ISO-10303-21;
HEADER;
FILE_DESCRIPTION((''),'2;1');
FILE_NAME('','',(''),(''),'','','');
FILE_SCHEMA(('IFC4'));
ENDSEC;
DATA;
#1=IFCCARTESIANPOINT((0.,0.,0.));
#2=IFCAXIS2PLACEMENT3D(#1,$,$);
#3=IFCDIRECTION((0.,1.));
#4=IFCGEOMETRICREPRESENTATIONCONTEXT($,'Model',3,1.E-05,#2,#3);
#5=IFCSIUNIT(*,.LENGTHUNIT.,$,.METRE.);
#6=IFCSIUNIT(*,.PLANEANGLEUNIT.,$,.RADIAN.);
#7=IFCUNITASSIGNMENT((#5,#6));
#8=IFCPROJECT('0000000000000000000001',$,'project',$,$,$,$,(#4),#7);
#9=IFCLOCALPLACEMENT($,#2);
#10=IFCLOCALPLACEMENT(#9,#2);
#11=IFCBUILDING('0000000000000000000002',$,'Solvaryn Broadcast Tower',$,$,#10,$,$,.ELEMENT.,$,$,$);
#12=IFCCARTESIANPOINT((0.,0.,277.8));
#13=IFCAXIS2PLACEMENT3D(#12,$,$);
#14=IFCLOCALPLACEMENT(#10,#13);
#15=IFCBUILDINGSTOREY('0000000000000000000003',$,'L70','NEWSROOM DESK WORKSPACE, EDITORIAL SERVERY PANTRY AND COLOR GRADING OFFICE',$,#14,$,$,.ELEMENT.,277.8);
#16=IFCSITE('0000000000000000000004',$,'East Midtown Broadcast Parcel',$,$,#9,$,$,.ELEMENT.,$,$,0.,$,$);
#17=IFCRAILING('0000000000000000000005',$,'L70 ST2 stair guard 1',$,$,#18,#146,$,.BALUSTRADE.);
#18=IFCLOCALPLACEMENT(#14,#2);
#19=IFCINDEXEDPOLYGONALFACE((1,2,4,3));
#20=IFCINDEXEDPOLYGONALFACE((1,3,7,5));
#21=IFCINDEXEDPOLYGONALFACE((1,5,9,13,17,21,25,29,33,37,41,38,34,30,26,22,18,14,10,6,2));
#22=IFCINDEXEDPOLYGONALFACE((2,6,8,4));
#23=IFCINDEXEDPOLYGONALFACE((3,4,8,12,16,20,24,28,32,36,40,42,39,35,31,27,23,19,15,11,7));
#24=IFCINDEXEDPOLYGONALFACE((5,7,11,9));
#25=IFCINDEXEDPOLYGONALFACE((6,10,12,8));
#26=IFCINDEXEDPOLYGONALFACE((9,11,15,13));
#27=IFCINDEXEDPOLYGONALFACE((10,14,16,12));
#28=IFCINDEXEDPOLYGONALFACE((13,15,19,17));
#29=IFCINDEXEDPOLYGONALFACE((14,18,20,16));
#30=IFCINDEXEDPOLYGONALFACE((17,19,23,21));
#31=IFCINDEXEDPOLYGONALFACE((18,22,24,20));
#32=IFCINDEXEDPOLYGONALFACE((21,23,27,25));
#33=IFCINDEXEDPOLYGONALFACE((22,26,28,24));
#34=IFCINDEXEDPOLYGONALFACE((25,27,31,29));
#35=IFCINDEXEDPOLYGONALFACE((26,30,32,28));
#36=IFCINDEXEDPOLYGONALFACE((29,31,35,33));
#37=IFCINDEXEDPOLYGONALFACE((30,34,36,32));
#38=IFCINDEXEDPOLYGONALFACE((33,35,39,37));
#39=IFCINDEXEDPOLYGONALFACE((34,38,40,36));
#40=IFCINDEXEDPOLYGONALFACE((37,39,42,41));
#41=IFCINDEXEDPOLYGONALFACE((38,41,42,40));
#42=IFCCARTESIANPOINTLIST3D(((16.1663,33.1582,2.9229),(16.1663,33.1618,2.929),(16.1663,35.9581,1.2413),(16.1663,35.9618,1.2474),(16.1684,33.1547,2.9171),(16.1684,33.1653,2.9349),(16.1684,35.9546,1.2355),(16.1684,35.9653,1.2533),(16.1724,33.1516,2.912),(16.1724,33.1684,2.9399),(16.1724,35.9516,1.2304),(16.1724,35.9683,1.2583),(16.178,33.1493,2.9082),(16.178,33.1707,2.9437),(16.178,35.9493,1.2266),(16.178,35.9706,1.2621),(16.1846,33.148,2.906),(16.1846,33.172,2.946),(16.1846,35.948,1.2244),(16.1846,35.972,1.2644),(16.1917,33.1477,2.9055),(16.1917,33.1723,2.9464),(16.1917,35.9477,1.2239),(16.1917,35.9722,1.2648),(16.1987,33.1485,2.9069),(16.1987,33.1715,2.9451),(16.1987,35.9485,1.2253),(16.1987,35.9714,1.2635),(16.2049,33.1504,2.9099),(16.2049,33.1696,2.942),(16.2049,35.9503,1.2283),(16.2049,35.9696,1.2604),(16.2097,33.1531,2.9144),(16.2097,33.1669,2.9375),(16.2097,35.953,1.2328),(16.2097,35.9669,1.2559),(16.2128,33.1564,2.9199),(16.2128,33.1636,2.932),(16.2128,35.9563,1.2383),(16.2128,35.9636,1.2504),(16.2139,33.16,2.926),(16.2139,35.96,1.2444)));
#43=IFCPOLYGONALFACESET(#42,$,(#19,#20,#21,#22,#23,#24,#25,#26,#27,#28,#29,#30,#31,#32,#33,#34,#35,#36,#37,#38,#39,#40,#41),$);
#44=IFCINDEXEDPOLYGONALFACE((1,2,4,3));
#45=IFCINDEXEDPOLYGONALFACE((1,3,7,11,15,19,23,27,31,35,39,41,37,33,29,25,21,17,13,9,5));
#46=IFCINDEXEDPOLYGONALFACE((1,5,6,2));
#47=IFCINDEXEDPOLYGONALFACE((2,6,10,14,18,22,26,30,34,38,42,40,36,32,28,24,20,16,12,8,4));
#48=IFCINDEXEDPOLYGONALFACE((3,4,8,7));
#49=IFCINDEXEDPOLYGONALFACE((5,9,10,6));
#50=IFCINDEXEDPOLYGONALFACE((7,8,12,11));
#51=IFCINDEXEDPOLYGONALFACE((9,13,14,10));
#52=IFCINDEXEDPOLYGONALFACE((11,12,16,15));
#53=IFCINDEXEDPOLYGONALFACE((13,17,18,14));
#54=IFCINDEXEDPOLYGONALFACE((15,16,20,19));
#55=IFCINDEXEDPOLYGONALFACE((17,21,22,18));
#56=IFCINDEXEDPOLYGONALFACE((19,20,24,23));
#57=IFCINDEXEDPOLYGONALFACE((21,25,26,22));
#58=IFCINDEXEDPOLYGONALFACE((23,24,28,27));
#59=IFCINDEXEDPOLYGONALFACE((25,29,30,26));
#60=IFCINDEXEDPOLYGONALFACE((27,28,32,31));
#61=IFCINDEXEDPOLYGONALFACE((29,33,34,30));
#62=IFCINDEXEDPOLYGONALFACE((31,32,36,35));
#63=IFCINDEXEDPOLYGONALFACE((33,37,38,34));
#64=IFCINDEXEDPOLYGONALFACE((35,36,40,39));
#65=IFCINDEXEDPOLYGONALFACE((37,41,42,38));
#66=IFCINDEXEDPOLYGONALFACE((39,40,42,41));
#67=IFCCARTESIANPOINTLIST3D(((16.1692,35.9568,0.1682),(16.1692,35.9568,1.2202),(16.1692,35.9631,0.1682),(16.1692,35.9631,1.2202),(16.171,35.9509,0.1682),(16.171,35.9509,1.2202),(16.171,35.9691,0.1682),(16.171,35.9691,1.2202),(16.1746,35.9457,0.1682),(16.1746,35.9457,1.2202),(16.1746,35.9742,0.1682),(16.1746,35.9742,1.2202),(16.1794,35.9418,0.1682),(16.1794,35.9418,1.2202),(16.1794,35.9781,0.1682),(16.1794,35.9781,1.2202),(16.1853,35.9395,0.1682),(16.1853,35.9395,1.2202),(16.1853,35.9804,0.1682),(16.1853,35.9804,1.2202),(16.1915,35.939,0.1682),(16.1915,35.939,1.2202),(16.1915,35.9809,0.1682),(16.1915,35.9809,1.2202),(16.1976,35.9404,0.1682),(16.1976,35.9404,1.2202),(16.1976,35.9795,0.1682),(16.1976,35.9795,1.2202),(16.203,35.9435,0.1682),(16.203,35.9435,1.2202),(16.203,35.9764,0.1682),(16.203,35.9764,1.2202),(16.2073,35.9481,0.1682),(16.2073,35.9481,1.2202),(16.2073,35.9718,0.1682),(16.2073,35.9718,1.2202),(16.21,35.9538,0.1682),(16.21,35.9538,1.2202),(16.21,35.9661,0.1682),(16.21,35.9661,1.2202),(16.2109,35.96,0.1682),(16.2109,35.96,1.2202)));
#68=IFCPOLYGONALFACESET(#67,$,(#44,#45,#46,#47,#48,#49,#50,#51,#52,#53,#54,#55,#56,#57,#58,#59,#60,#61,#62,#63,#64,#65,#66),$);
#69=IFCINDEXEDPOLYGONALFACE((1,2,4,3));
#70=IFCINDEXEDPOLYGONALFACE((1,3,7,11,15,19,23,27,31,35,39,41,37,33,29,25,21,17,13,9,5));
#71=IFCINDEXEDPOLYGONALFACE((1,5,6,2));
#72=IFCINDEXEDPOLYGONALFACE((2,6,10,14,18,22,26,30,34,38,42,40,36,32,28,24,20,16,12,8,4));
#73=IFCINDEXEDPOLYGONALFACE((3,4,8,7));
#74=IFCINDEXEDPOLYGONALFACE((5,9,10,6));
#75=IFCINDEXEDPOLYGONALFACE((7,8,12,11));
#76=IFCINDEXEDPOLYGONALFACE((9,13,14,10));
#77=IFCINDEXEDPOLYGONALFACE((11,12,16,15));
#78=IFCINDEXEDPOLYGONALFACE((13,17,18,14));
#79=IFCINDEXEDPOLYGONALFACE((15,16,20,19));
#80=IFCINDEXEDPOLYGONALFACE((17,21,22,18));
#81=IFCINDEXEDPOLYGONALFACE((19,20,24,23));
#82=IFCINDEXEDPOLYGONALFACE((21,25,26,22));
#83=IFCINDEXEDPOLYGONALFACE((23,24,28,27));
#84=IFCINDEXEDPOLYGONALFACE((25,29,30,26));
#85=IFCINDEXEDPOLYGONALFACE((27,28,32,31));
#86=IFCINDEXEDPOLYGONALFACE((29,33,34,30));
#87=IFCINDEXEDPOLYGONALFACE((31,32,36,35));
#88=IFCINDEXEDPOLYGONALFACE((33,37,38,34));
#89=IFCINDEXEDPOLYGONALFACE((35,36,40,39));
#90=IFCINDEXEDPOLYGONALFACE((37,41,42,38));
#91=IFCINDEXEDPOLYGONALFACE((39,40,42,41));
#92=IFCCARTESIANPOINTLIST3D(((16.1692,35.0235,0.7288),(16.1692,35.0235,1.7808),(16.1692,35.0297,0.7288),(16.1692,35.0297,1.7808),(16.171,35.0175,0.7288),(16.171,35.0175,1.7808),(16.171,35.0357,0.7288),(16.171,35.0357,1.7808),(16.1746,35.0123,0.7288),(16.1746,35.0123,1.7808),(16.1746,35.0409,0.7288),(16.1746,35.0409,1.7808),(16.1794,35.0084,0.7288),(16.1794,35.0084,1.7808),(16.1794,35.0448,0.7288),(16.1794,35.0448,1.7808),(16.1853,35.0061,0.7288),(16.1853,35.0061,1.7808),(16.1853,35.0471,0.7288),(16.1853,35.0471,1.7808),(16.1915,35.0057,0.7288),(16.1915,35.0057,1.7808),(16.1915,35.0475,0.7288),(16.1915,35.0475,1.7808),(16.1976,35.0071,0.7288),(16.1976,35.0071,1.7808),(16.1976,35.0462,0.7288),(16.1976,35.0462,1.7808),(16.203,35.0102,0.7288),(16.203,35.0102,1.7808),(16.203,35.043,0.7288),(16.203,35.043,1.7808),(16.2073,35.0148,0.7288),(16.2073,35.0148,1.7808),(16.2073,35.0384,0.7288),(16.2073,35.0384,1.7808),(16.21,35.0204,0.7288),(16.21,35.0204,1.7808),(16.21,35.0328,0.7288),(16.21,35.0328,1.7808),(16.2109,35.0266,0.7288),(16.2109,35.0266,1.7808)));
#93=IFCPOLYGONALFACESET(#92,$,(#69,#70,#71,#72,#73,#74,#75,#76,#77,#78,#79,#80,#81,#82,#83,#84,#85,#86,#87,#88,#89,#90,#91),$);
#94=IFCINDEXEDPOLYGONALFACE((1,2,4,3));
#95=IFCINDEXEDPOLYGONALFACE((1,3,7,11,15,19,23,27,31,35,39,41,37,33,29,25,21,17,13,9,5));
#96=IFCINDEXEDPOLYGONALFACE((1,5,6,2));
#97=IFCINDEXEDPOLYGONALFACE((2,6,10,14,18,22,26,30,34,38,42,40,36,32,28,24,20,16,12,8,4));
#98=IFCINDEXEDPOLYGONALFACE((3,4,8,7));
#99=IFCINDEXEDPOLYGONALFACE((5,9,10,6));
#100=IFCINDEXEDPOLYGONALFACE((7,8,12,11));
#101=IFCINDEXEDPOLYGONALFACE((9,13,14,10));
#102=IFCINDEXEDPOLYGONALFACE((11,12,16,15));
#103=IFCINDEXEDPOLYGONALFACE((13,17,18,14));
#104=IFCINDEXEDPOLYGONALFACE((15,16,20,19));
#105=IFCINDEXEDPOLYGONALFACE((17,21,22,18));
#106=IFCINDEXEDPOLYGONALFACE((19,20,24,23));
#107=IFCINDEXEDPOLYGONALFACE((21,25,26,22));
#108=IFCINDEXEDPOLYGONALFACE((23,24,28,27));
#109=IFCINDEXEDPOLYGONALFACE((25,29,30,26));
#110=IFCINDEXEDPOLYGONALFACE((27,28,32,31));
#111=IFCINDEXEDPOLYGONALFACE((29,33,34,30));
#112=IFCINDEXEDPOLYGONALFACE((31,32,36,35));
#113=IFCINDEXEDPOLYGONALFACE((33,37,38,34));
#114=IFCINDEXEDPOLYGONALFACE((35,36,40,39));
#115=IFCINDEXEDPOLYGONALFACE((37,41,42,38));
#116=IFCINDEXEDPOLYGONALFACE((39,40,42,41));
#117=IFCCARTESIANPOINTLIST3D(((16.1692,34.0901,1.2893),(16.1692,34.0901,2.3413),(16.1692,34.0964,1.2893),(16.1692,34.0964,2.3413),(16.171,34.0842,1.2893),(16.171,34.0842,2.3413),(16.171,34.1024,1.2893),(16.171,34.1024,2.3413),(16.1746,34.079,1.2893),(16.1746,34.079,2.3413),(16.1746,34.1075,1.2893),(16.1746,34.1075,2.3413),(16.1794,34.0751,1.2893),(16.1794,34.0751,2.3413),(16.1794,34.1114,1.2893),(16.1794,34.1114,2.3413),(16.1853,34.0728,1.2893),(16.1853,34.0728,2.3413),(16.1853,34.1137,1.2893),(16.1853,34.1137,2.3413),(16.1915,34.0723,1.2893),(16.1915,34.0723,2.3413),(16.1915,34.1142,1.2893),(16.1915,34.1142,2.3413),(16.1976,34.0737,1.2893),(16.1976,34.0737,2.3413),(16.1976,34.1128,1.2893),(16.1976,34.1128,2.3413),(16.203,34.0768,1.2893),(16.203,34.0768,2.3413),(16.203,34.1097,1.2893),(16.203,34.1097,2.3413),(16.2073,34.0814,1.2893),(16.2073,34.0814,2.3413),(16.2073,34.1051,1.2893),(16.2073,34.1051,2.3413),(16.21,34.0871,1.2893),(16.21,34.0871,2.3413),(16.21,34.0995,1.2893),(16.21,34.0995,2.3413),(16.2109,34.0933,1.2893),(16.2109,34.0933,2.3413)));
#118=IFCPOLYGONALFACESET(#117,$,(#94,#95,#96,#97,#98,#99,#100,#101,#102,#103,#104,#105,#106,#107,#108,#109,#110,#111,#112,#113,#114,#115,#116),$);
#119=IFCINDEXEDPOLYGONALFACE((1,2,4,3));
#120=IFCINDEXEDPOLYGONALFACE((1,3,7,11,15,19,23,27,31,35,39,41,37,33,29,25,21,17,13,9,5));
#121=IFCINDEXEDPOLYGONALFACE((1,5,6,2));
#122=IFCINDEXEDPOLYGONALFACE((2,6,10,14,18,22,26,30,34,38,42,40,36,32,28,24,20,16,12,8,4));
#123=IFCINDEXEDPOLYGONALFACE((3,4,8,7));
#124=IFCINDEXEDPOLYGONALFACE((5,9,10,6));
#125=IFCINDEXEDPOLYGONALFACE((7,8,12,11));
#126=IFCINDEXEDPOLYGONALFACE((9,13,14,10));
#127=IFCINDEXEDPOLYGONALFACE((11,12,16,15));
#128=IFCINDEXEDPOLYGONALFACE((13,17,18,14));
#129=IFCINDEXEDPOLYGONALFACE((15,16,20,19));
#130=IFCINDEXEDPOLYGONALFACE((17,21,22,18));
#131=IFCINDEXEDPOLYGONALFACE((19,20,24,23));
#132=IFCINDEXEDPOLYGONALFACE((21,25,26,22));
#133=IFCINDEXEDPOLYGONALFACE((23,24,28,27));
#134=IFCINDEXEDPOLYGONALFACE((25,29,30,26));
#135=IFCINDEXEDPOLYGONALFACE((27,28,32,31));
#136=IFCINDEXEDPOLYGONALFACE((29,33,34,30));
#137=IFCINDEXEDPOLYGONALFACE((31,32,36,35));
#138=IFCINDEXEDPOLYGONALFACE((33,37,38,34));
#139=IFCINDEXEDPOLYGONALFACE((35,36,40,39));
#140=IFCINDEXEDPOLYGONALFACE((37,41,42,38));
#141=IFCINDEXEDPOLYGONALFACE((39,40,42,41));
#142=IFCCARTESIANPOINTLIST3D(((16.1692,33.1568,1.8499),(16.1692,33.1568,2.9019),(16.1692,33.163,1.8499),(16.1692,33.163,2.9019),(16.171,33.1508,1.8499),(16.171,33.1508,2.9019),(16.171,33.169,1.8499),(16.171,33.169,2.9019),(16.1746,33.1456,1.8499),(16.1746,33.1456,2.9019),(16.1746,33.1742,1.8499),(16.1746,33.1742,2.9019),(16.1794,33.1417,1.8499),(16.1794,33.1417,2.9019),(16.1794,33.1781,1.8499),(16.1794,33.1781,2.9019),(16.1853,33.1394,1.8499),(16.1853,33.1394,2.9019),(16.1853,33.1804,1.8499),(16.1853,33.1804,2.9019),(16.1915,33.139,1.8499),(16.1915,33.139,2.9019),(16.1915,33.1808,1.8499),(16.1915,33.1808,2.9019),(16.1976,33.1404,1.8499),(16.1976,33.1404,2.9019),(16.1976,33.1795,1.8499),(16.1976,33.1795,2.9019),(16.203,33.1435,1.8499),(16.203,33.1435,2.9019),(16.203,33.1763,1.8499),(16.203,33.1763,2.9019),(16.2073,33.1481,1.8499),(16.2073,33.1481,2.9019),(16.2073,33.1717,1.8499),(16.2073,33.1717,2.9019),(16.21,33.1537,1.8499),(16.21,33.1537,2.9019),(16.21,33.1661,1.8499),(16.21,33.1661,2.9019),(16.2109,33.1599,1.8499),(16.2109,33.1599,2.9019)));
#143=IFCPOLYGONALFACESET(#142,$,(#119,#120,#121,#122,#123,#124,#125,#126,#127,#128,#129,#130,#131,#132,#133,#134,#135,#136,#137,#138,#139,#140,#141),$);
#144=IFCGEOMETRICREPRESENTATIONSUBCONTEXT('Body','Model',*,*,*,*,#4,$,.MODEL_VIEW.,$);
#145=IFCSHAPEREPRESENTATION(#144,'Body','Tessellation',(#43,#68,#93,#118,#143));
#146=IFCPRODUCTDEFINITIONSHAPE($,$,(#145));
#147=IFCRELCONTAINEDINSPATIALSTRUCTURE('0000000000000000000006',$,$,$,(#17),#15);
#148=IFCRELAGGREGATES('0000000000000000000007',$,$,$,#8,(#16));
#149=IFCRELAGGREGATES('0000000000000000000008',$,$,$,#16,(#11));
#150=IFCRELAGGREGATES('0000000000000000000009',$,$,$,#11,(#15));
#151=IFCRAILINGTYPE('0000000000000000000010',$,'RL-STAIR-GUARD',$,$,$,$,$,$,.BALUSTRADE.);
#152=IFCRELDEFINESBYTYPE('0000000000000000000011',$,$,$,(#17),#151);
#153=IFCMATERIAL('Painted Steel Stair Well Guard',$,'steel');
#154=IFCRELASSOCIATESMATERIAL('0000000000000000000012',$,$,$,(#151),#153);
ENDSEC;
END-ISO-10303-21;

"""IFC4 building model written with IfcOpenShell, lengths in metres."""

from ifc_helpers import new_model, si_unit, direction, frame, origin, origin_2d, place, context, subcontext, project, spatial, circle, extrude, material, type_object, element, save


model = new_model("IFC4")

# Units and contexts
model_context = context("Model", 3, precision=1e-05, world=origin(), true_north=direction((0.0, 1.0)))
body_context = subcontext(model_context, "Body", "Model", "MODEL_VIEW")
ifc_project = project(units=[si_unit("LENGTHUNIT", "METRE"), si_unit("PLANEANGLEUNIT", "RADIAN")], contexts=[model_context])

# Site, building, storey
site_placement = place(None, origin())
site = spatial("IfcSite", under=ifc_project, at=site_placement, Name="East Midtown Broadcast Parcel", CompositionType="ELEMENT", RefElevation=0.0)
building_placement = place(site_placement, origin())
building = spatial("IfcBuilding", under=site, at=building_placement, Name="Solvaryn Broadcast Tower", CompositionType="ELEMENT")
storey_placement = place(building_placement, frame((0.0, 0.0, 277.8)))
storey = spatial("IfcBuildingStorey", under=building, at=storey_placement, Name="L70", Description="NEWSROOM DESK WORKSPACE, EDITORIAL SERVERY PANTRY AND COLOR GRADING OFFICE", CompositionType="ELEMENT", Elevation=277.8)

# Railing
ifc_material_1 = material(Name="Painted Steel Stair Well Guard", Category="steel")
railing_type_1 = type_object("IfcRailingType", Name="RL-STAIR-GUARD", PredefinedType="BALUSTRADE", material=ifc_material_1)
railing_1_placement = place(storey_placement, frame((16.1899, 35.96, 0.1682)))
element("IfcRailing", 1, at=railing_1_placement, inside=storey, type_object=railing_type_1, Name="L70 ST2 stair guard 1", PredefinedType="BALUSTRADE", context=body_context, shape_type="SweptSolid", body=[
    extrude(circle(Radius=0.0239, at=origin_2d()), frame((0.0, 0.0, 1.0762), z_axis=(0.0, -0.857275, 0.514858), x_axis=(1.0, 0.0, 0.0)), (0.0, 0.0, 1.0), 3.2661),
    extrude(circle(Radius=0.021, at=origin_2d()), origin(), (0.0, 0.0, 1.0), 1.052),
    extrude(circle(Radius=0.021, at=origin_2d()), frame((0.0, -0.9333, 0.5605)), (0.0, 0.0, 1.0), 1.052),
    extrude(circle(Radius=0.021, at=origin_2d()), frame((0.0, -1.8667, 1.1211)), (0.0, 0.0, 1.0), 1.052),
    extrude(circle(Radius=0.021, at=origin_2d()), frame((0.0, -2.8, 1.6816)), (0.0, 0.0, 1.0), 1.052),
])

save(model, "model.ifc")
